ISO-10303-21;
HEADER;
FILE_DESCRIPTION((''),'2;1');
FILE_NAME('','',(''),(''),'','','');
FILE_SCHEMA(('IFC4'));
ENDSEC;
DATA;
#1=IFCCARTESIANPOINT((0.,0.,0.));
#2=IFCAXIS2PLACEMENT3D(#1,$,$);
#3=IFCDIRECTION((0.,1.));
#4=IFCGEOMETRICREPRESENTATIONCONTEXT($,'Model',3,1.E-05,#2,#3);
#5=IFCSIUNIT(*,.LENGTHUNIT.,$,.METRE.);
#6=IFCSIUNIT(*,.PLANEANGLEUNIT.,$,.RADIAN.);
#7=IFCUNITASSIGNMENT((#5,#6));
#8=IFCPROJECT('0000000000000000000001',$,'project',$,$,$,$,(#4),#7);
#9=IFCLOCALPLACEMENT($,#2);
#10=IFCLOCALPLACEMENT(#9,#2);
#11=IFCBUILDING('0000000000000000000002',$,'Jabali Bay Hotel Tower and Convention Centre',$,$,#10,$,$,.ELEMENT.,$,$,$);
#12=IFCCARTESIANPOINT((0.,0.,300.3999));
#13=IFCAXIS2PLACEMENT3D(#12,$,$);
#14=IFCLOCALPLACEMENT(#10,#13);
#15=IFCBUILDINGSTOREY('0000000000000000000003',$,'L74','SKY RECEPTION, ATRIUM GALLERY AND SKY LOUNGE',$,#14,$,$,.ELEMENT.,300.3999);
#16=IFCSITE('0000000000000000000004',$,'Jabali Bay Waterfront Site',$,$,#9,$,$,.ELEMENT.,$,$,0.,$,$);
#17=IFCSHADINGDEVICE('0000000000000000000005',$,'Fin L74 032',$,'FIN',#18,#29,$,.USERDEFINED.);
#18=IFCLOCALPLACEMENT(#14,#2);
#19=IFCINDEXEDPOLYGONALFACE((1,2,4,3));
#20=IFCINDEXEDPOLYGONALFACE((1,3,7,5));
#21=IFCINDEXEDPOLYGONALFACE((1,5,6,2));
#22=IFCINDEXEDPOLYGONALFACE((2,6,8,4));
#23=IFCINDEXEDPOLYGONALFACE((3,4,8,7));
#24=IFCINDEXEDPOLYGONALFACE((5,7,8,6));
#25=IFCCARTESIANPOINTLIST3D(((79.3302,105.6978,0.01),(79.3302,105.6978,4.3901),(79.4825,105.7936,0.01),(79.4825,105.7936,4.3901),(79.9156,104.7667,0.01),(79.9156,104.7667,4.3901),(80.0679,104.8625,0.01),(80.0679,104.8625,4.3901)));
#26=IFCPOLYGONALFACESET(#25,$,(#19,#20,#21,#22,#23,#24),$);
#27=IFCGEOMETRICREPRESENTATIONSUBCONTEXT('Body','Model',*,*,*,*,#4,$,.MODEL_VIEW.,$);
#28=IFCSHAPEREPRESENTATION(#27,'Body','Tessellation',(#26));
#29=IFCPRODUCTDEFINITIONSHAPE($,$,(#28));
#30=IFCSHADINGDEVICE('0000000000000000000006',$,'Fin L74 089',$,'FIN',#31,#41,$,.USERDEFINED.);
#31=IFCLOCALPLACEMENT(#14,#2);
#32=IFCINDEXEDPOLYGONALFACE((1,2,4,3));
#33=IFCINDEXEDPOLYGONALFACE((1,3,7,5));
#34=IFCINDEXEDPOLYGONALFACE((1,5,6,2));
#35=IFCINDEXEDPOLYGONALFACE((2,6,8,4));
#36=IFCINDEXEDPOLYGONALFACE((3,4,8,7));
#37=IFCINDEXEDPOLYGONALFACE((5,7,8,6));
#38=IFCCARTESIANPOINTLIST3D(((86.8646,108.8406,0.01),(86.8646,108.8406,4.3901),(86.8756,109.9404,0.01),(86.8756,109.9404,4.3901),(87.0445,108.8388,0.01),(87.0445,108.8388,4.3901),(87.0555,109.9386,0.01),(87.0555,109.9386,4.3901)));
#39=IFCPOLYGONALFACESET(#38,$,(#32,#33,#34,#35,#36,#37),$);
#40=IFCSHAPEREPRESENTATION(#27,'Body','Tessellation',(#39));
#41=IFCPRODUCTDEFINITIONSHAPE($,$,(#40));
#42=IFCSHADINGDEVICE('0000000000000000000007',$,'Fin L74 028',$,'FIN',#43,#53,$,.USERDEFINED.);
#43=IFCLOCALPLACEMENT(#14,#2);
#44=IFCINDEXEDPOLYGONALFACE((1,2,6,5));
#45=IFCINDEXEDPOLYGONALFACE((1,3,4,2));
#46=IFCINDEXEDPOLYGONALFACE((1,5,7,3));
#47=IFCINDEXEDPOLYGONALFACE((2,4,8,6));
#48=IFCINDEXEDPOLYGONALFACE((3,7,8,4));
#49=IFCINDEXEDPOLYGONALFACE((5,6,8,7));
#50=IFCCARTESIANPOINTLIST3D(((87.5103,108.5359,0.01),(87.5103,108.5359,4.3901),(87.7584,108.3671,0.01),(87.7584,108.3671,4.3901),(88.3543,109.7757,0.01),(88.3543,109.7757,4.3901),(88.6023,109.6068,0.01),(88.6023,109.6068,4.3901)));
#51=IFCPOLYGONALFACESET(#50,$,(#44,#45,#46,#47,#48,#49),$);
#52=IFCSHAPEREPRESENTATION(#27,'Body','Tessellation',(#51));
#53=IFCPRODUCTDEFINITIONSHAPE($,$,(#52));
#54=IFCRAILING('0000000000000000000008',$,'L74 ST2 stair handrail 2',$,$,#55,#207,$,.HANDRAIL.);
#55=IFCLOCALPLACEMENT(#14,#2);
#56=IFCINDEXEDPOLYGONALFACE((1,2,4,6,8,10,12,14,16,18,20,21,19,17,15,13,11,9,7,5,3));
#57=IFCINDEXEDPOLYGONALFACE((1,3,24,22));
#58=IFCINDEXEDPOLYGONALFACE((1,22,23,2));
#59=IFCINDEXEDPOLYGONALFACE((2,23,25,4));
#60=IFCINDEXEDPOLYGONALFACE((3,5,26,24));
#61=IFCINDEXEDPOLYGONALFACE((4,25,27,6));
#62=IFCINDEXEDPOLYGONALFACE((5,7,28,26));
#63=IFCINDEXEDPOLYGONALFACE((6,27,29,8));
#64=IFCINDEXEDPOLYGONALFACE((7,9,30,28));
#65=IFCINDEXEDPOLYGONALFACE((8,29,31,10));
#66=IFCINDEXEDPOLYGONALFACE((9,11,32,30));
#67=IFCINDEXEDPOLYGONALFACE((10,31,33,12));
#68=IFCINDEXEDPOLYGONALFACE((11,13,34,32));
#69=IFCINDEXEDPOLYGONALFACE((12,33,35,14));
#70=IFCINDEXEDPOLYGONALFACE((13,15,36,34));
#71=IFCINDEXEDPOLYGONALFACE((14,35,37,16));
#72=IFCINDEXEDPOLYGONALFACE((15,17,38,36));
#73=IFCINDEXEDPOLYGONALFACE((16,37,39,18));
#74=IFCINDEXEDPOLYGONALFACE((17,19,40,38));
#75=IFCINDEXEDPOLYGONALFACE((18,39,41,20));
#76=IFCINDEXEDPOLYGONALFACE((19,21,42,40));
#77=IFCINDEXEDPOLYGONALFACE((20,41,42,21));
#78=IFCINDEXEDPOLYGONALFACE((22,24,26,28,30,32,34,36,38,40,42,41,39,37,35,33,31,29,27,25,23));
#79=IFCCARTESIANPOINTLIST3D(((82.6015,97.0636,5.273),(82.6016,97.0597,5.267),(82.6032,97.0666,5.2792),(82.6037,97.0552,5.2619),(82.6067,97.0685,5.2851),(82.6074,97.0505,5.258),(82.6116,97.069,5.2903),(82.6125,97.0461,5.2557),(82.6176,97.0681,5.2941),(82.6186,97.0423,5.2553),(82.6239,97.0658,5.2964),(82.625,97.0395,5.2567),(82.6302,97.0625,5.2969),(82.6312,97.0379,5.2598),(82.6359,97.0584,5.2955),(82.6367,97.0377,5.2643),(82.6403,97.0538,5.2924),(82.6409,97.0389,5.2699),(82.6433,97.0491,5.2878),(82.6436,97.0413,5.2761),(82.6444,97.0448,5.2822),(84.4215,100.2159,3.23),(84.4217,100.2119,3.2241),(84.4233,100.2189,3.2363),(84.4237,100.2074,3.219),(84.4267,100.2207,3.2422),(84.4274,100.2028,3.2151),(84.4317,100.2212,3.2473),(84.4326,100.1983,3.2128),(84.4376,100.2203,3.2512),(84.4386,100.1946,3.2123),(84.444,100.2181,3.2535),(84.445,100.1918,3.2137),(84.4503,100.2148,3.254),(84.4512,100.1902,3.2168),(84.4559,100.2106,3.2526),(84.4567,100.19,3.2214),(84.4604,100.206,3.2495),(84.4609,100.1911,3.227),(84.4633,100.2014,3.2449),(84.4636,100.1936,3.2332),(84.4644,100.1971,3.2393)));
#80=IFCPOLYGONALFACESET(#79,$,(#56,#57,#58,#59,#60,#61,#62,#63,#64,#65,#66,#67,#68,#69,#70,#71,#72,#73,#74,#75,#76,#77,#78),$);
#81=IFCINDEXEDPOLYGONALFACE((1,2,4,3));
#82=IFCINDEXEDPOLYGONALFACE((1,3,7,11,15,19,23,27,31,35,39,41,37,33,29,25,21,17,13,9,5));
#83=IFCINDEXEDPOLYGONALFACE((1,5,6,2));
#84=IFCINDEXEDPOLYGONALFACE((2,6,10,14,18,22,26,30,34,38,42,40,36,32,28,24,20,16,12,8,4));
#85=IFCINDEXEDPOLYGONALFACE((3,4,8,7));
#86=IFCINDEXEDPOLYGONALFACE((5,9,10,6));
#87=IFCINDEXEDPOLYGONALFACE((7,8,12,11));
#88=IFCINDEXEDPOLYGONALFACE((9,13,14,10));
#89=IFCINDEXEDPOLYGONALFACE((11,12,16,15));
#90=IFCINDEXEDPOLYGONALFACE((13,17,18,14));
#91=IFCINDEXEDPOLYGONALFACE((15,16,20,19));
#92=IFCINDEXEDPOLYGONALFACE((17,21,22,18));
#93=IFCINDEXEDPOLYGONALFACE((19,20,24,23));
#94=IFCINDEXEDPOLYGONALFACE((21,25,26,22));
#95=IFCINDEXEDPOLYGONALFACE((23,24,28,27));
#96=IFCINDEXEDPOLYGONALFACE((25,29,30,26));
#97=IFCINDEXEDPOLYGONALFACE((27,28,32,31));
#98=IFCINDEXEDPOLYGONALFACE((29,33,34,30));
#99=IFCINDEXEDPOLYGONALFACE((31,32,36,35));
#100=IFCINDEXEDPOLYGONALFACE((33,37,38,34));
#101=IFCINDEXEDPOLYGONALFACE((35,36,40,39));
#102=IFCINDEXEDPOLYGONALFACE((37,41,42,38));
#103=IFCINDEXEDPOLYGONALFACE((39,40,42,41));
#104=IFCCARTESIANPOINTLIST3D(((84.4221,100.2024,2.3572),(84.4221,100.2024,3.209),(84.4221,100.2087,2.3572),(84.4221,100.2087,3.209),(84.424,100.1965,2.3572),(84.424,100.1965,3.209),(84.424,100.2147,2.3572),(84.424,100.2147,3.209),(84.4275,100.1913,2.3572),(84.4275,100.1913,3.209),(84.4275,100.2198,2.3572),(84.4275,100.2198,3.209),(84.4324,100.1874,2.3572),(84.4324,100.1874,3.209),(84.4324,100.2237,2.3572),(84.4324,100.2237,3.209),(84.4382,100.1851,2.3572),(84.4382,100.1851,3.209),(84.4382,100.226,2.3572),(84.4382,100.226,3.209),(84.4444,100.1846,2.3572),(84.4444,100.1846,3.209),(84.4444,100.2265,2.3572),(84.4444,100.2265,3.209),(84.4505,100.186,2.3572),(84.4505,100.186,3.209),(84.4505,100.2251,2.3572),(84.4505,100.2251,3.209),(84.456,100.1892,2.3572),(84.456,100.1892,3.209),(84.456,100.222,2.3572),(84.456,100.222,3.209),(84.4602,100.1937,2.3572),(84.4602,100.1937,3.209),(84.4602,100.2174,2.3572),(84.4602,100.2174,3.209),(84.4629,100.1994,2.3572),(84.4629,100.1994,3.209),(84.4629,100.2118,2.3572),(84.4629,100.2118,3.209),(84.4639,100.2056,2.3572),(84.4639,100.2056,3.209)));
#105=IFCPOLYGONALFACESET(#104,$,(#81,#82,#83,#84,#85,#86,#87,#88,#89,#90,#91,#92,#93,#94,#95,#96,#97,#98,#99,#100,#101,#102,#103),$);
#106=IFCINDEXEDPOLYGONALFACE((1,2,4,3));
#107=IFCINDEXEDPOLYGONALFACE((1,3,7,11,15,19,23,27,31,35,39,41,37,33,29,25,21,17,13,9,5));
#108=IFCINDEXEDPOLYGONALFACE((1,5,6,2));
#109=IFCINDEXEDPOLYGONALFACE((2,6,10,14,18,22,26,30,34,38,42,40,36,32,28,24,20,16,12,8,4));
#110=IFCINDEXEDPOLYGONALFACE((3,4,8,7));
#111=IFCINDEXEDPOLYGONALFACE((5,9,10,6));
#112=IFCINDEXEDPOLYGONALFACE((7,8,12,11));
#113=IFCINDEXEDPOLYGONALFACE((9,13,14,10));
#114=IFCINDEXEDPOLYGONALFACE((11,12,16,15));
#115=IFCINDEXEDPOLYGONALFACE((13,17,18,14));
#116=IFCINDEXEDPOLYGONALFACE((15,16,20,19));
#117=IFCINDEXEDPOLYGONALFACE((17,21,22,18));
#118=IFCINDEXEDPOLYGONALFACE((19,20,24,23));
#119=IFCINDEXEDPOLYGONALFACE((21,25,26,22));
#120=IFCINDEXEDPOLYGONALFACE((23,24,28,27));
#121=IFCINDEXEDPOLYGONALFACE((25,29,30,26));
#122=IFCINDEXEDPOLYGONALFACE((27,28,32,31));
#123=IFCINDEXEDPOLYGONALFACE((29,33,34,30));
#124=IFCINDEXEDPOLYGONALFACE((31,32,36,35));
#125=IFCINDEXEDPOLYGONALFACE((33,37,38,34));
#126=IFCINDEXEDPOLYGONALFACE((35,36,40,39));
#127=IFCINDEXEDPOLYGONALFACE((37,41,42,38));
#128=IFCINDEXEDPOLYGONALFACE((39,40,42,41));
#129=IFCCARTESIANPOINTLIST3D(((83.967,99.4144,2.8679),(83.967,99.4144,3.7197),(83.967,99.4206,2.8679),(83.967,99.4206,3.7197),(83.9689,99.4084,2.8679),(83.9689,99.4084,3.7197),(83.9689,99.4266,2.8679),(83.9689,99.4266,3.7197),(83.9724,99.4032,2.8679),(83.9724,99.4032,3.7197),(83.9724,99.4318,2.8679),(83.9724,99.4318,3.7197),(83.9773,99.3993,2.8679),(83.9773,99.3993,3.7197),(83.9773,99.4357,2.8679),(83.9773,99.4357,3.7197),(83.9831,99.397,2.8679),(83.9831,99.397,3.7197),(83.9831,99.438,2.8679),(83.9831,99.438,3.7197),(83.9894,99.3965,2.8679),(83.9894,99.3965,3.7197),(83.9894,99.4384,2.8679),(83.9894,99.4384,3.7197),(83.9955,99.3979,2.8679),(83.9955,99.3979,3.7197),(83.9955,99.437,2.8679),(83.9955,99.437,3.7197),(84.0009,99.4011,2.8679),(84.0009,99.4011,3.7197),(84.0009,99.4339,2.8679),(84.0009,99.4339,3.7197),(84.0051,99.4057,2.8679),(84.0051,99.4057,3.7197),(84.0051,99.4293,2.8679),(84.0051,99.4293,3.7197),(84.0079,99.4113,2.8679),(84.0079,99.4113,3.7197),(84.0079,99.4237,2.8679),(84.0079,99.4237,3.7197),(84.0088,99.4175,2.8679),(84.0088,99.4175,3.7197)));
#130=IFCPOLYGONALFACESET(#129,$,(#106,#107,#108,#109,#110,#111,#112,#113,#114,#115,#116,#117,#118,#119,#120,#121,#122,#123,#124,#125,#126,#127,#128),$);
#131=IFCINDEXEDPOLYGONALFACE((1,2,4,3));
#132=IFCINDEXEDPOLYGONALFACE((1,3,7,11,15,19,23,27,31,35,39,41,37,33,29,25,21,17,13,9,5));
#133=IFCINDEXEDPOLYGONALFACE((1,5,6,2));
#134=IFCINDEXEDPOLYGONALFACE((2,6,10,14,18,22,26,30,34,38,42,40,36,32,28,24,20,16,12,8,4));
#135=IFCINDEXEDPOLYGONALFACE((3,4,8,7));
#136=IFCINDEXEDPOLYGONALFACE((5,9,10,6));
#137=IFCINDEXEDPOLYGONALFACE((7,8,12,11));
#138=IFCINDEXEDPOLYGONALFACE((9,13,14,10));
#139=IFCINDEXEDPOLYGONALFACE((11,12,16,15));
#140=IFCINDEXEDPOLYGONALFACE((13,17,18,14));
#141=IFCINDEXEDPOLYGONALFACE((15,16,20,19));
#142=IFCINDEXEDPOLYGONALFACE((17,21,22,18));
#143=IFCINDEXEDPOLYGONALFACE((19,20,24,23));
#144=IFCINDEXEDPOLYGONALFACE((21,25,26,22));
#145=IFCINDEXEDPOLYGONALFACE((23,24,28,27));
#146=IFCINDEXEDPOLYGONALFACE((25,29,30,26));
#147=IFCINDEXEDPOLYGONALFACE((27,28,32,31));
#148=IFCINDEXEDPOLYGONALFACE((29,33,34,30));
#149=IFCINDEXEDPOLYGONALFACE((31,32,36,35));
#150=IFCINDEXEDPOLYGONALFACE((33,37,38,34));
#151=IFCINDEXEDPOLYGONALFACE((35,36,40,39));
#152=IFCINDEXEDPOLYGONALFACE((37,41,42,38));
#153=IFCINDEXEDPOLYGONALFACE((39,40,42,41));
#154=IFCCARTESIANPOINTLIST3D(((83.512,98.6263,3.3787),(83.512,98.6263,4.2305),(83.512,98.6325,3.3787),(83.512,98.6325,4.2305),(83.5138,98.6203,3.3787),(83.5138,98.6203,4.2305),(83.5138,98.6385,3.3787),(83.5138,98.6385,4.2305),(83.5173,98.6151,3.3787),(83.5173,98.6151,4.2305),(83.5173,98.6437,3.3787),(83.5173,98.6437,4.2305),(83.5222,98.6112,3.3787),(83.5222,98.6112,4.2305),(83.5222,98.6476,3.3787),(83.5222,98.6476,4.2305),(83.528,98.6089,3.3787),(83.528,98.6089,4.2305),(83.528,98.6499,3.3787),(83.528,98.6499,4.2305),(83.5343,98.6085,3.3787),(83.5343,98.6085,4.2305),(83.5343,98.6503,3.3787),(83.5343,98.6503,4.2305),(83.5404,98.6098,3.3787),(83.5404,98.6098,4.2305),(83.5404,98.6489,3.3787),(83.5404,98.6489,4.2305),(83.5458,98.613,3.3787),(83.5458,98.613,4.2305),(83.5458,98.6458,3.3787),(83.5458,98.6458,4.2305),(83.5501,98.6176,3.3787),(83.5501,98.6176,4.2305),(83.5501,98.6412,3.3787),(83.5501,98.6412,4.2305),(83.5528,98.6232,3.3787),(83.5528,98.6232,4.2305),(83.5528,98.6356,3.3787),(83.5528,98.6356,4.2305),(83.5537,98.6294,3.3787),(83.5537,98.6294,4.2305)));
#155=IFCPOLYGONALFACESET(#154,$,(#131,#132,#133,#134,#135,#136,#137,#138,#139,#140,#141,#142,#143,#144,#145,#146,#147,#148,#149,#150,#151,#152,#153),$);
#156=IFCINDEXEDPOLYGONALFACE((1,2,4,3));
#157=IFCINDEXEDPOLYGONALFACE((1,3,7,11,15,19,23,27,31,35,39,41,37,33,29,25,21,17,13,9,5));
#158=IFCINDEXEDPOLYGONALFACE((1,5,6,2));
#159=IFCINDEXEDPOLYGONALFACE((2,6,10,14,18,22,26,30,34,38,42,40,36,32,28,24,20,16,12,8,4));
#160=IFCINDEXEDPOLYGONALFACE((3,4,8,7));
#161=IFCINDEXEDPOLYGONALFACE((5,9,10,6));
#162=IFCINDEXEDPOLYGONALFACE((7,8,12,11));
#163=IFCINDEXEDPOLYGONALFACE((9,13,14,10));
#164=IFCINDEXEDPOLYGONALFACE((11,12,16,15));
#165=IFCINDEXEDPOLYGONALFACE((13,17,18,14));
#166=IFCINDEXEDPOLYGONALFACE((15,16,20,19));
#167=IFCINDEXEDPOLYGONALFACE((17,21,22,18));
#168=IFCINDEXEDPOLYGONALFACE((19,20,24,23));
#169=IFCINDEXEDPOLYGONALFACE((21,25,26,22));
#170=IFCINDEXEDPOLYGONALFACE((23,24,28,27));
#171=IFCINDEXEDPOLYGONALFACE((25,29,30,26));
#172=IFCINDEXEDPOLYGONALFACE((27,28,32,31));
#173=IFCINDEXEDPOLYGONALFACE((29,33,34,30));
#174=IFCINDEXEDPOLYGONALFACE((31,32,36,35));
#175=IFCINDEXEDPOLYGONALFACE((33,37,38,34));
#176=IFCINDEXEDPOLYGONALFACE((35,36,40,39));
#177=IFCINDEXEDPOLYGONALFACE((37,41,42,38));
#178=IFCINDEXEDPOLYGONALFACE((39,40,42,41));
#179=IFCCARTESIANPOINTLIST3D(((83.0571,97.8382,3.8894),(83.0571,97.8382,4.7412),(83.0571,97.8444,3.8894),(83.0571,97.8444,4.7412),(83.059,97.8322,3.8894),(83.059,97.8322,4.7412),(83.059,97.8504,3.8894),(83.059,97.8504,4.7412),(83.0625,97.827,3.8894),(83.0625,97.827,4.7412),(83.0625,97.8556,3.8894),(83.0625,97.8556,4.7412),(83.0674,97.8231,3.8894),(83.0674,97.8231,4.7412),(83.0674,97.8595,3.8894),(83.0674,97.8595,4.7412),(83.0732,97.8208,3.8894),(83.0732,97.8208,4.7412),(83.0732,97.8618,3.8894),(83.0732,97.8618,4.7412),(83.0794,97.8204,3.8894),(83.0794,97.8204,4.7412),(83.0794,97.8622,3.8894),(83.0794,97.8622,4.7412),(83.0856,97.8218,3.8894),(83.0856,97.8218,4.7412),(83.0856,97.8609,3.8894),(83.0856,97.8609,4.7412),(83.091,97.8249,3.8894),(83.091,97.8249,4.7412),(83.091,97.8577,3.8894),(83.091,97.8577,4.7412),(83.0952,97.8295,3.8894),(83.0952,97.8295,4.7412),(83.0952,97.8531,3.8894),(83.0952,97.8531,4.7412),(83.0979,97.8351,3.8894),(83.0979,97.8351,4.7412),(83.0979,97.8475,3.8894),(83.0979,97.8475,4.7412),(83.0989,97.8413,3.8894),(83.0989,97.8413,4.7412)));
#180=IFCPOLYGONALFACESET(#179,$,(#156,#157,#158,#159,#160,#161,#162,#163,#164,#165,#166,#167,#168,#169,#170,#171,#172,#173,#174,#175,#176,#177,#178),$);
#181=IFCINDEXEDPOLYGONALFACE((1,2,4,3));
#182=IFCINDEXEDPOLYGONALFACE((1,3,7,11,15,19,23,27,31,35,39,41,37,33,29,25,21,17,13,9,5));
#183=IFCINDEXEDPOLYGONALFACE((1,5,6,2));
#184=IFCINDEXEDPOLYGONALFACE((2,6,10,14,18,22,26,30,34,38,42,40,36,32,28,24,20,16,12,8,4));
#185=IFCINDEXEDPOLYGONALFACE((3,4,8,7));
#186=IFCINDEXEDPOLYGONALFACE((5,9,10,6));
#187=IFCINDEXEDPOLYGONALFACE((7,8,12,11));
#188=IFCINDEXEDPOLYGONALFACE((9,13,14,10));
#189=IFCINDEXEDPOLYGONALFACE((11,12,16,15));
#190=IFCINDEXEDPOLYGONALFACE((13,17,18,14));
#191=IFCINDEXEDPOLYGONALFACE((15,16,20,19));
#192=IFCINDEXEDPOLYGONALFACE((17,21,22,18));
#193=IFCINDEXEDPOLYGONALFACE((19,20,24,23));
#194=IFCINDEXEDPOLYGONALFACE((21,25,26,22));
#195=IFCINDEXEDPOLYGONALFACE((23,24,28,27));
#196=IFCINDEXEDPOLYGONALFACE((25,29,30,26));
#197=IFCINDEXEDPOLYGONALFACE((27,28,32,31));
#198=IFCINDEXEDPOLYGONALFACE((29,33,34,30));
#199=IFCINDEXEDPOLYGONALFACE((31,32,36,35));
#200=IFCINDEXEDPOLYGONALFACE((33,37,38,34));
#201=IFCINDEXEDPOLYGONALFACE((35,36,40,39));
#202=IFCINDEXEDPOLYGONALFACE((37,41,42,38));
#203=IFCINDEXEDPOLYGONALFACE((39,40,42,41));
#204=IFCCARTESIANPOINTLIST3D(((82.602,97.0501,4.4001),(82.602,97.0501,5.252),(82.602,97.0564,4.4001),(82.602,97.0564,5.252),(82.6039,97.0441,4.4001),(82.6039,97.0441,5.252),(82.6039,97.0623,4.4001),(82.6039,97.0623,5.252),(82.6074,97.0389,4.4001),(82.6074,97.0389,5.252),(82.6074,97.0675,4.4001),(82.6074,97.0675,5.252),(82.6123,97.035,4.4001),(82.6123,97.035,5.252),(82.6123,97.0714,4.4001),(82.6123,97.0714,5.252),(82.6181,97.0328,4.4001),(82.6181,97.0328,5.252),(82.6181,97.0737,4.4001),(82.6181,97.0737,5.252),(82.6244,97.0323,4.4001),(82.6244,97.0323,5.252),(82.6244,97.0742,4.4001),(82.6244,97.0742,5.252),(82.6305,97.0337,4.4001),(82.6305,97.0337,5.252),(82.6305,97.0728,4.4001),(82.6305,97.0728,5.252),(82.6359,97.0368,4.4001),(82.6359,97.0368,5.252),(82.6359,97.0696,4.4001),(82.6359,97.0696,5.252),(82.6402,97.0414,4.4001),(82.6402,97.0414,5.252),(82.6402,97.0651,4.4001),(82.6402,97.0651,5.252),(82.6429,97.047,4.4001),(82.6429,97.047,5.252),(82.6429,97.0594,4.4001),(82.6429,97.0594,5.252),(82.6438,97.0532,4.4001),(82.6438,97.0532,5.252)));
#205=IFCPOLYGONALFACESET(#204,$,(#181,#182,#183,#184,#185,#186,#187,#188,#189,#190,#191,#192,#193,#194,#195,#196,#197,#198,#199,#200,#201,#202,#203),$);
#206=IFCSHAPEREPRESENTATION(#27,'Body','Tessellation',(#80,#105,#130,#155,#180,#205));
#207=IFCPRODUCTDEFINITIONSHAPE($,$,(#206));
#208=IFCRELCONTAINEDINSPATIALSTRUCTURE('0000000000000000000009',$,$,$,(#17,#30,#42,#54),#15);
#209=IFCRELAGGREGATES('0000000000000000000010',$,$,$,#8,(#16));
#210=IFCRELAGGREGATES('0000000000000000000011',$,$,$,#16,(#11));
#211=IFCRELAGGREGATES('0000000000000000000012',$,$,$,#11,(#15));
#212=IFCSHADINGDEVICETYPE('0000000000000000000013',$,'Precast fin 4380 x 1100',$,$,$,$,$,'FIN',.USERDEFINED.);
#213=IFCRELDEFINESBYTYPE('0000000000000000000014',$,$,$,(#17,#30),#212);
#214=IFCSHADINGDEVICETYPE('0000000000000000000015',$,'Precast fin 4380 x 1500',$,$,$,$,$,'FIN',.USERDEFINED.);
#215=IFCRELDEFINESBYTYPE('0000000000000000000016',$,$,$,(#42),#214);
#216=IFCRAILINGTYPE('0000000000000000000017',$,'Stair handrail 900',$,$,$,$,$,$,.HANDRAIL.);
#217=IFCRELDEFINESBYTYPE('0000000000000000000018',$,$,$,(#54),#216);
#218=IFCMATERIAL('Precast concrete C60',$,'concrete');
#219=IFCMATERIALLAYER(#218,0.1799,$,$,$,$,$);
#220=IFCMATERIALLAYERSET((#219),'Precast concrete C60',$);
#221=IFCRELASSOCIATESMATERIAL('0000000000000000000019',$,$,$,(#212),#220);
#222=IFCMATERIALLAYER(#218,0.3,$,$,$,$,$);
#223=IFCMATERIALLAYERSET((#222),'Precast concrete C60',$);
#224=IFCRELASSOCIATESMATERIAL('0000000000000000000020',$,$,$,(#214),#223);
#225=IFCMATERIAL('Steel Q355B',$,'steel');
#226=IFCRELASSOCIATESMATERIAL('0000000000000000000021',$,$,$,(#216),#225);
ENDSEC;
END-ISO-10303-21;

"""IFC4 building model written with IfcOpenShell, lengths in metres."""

from ifc_helpers import new_model, si_unit, direction, frame, frame_2d, origin, origin_2d, place, context, subcontext, project, spatial, rectangle, circle, extrude, material, layer, layer_set, type_object, element, save


model = new_model("IFC4")

# Units and contexts
model_context = context("Model", 3, precision=1e-05, world=origin(), true_north=direction((0.0, 1.0)))
body_context = subcontext(model_context, "Body", "Model", "MODEL_VIEW")
ifc_project = project(units=[si_unit("LENGTHUNIT", "METRE"), si_unit("PLANEANGLEUNIT", "RADIAN")], contexts=[model_context])

# Site, building, storey
site_placement = place(None, origin())
site = spatial("IfcSite", under=ifc_project, at=site_placement, Name="Jabali Bay Waterfront Site", CompositionType="ELEMENT", RefElevation=0.0)
building_placement = place(site_placement, origin())
building = spatial("IfcBuilding", under=site, at=building_placement, Name="Jabali Bay Hotel Tower and Convention Centre", CompositionType="ELEMENT")
storey_placement = place(building_placement, frame((0.0, 0.0, 300.3999)))
storey = spatial("IfcBuildingStorey", under=building, at=storey_placement, Name="L74", Description="SKY RECEPTION, ATRIUM GALLERY AND SKY LOUNGE", CompositionType="ELEMENT", Elevation=300.3999)

# Shading devices
ifc_material_1 = material(Name="Precast concrete C60", Category="concrete")
ifc_layer_1 = layer(ifc_material_1, 0.1799)
ifc_layer_set_1 = layer_set([ifc_layer_1], Name="Precast concrete C60")
shading_device_type_1 = type_object("IfcShadingDeviceType", Name="Precast fin 4380 x 1100", ElementType="FIN", PredefinedType="USERDEFINED", material=ifc_layer_set_1)
for number, where, z_axis, x_axis, name in (
    (1, (79.9917, 104.8147, 0.01), (0.0, 0.0, 1.0), (-0.532272, 0.846574, 0.0), "Fin L74 032"),
    (2, (86.9546, 108.8398, 0.01), (0.0, 0.0, 1.0), (0.009988, 0.99995, 0.0), "Fin L74 089"),
):
    element("IfcShadingDevice", number, at=place(storey_placement, frame(where, z_axis=z_axis, x_axis=x_axis)), inside=storey, type_object=shading_device_type_1, Name=name, ObjectType="FIN", PredefinedType="USERDEFINED", context=body_context, shape_type="SweptSolid", body=[
        extrude(rectangle(XDim=1.0999, YDim=0.1799, at=frame_2d((0.5498, 0.0))), origin(), (0.0, 0.0, 1.0), 4.3801),
    ])
ifc_layer_2 = layer(ifc_material_1, 0.3)
ifc_layer_set_2 = layer_set([ifc_layer_2], Name="Precast concrete C60")
shading_device_type_2 = type_object("IfcShadingDeviceType", Name="Precast fin 4380 x 1500", ElementType="FIN", PredefinedType="USERDEFINED", material=ifc_layer_set_2)
shading_device_placement = place(storey_placement, frame((87.6343, 108.4514, 0.01), z_axis=(0.0, 0.0, 1.0), x_axis=(0.562751, 0.826627, 0.0)))
element("IfcShadingDevice", 3, at=shading_device_placement, inside=storey, type_object=shading_device_type_2, Name="Fin L74 028", ObjectType="FIN", PredefinedType="USERDEFINED", context=body_context, shape_type="SweptSolid", body=[
    extrude(rectangle(XDim=1.4998, YDim=0.3, at=frame_2d((0.75, 0.0))), origin(), (0.0, 0.0, 1.0), 4.3801),
])

# Railing
ifc_material_2 = material(Name="Steel Q355B", Category="steel")
railing_type = type_object("IfcRailingType", Name="Stair handrail 900", PredefinedType="HANDRAIL", material=ifc_material_2)
railing_placement = place(storey_placement, frame((84.4429, 100.2056, 2.3572)))
element("IfcRailing", 4, at=railing_placement, inside=storey, type_object=railing_type, Name="L74 ST2 stair handrail 2", PredefinedType="HANDRAIL", context=body_context, shape_type="SweptSolid", body=[
    extrude(circle(Radius=0.0239, at=origin_2d()), frame((0.0, 0.0, 0.876), z_axis=(-0.436032, -0.755204, 0.489432), x_axis=(0.866018, -0.500013, 0.0)), (0.0, 0.0, 1.0), 4.1741),
    extrude(circle(Radius=0.021, at=origin_2d()), origin(), (0.0, 0.0, 1.0), 0.8518),
    extrude(circle(Radius=0.021, at=origin_2d()), frame((-0.4551, -0.7881, 0.5107)), (0.0, 0.0, 1.0), 0.8518),
    extrude(circle(Radius=0.021, at=origin_2d()), frame((-0.9102, -1.5762, 1.0215)), (0.0, 0.0, 1.0), 0.8518),
    extrude(circle(Radius=0.021, at=origin_2d()), frame((-1.365, -2.3643, 1.5322)), (0.0, 0.0, 1.0), 0.8518),
    extrude(circle(Radius=0.021, at=origin_2d()), frame((-1.8201, -3.1523, 2.043)), (0.0, 0.0, 1.0), 0.8518),
])

save(model, "model.ifc")
